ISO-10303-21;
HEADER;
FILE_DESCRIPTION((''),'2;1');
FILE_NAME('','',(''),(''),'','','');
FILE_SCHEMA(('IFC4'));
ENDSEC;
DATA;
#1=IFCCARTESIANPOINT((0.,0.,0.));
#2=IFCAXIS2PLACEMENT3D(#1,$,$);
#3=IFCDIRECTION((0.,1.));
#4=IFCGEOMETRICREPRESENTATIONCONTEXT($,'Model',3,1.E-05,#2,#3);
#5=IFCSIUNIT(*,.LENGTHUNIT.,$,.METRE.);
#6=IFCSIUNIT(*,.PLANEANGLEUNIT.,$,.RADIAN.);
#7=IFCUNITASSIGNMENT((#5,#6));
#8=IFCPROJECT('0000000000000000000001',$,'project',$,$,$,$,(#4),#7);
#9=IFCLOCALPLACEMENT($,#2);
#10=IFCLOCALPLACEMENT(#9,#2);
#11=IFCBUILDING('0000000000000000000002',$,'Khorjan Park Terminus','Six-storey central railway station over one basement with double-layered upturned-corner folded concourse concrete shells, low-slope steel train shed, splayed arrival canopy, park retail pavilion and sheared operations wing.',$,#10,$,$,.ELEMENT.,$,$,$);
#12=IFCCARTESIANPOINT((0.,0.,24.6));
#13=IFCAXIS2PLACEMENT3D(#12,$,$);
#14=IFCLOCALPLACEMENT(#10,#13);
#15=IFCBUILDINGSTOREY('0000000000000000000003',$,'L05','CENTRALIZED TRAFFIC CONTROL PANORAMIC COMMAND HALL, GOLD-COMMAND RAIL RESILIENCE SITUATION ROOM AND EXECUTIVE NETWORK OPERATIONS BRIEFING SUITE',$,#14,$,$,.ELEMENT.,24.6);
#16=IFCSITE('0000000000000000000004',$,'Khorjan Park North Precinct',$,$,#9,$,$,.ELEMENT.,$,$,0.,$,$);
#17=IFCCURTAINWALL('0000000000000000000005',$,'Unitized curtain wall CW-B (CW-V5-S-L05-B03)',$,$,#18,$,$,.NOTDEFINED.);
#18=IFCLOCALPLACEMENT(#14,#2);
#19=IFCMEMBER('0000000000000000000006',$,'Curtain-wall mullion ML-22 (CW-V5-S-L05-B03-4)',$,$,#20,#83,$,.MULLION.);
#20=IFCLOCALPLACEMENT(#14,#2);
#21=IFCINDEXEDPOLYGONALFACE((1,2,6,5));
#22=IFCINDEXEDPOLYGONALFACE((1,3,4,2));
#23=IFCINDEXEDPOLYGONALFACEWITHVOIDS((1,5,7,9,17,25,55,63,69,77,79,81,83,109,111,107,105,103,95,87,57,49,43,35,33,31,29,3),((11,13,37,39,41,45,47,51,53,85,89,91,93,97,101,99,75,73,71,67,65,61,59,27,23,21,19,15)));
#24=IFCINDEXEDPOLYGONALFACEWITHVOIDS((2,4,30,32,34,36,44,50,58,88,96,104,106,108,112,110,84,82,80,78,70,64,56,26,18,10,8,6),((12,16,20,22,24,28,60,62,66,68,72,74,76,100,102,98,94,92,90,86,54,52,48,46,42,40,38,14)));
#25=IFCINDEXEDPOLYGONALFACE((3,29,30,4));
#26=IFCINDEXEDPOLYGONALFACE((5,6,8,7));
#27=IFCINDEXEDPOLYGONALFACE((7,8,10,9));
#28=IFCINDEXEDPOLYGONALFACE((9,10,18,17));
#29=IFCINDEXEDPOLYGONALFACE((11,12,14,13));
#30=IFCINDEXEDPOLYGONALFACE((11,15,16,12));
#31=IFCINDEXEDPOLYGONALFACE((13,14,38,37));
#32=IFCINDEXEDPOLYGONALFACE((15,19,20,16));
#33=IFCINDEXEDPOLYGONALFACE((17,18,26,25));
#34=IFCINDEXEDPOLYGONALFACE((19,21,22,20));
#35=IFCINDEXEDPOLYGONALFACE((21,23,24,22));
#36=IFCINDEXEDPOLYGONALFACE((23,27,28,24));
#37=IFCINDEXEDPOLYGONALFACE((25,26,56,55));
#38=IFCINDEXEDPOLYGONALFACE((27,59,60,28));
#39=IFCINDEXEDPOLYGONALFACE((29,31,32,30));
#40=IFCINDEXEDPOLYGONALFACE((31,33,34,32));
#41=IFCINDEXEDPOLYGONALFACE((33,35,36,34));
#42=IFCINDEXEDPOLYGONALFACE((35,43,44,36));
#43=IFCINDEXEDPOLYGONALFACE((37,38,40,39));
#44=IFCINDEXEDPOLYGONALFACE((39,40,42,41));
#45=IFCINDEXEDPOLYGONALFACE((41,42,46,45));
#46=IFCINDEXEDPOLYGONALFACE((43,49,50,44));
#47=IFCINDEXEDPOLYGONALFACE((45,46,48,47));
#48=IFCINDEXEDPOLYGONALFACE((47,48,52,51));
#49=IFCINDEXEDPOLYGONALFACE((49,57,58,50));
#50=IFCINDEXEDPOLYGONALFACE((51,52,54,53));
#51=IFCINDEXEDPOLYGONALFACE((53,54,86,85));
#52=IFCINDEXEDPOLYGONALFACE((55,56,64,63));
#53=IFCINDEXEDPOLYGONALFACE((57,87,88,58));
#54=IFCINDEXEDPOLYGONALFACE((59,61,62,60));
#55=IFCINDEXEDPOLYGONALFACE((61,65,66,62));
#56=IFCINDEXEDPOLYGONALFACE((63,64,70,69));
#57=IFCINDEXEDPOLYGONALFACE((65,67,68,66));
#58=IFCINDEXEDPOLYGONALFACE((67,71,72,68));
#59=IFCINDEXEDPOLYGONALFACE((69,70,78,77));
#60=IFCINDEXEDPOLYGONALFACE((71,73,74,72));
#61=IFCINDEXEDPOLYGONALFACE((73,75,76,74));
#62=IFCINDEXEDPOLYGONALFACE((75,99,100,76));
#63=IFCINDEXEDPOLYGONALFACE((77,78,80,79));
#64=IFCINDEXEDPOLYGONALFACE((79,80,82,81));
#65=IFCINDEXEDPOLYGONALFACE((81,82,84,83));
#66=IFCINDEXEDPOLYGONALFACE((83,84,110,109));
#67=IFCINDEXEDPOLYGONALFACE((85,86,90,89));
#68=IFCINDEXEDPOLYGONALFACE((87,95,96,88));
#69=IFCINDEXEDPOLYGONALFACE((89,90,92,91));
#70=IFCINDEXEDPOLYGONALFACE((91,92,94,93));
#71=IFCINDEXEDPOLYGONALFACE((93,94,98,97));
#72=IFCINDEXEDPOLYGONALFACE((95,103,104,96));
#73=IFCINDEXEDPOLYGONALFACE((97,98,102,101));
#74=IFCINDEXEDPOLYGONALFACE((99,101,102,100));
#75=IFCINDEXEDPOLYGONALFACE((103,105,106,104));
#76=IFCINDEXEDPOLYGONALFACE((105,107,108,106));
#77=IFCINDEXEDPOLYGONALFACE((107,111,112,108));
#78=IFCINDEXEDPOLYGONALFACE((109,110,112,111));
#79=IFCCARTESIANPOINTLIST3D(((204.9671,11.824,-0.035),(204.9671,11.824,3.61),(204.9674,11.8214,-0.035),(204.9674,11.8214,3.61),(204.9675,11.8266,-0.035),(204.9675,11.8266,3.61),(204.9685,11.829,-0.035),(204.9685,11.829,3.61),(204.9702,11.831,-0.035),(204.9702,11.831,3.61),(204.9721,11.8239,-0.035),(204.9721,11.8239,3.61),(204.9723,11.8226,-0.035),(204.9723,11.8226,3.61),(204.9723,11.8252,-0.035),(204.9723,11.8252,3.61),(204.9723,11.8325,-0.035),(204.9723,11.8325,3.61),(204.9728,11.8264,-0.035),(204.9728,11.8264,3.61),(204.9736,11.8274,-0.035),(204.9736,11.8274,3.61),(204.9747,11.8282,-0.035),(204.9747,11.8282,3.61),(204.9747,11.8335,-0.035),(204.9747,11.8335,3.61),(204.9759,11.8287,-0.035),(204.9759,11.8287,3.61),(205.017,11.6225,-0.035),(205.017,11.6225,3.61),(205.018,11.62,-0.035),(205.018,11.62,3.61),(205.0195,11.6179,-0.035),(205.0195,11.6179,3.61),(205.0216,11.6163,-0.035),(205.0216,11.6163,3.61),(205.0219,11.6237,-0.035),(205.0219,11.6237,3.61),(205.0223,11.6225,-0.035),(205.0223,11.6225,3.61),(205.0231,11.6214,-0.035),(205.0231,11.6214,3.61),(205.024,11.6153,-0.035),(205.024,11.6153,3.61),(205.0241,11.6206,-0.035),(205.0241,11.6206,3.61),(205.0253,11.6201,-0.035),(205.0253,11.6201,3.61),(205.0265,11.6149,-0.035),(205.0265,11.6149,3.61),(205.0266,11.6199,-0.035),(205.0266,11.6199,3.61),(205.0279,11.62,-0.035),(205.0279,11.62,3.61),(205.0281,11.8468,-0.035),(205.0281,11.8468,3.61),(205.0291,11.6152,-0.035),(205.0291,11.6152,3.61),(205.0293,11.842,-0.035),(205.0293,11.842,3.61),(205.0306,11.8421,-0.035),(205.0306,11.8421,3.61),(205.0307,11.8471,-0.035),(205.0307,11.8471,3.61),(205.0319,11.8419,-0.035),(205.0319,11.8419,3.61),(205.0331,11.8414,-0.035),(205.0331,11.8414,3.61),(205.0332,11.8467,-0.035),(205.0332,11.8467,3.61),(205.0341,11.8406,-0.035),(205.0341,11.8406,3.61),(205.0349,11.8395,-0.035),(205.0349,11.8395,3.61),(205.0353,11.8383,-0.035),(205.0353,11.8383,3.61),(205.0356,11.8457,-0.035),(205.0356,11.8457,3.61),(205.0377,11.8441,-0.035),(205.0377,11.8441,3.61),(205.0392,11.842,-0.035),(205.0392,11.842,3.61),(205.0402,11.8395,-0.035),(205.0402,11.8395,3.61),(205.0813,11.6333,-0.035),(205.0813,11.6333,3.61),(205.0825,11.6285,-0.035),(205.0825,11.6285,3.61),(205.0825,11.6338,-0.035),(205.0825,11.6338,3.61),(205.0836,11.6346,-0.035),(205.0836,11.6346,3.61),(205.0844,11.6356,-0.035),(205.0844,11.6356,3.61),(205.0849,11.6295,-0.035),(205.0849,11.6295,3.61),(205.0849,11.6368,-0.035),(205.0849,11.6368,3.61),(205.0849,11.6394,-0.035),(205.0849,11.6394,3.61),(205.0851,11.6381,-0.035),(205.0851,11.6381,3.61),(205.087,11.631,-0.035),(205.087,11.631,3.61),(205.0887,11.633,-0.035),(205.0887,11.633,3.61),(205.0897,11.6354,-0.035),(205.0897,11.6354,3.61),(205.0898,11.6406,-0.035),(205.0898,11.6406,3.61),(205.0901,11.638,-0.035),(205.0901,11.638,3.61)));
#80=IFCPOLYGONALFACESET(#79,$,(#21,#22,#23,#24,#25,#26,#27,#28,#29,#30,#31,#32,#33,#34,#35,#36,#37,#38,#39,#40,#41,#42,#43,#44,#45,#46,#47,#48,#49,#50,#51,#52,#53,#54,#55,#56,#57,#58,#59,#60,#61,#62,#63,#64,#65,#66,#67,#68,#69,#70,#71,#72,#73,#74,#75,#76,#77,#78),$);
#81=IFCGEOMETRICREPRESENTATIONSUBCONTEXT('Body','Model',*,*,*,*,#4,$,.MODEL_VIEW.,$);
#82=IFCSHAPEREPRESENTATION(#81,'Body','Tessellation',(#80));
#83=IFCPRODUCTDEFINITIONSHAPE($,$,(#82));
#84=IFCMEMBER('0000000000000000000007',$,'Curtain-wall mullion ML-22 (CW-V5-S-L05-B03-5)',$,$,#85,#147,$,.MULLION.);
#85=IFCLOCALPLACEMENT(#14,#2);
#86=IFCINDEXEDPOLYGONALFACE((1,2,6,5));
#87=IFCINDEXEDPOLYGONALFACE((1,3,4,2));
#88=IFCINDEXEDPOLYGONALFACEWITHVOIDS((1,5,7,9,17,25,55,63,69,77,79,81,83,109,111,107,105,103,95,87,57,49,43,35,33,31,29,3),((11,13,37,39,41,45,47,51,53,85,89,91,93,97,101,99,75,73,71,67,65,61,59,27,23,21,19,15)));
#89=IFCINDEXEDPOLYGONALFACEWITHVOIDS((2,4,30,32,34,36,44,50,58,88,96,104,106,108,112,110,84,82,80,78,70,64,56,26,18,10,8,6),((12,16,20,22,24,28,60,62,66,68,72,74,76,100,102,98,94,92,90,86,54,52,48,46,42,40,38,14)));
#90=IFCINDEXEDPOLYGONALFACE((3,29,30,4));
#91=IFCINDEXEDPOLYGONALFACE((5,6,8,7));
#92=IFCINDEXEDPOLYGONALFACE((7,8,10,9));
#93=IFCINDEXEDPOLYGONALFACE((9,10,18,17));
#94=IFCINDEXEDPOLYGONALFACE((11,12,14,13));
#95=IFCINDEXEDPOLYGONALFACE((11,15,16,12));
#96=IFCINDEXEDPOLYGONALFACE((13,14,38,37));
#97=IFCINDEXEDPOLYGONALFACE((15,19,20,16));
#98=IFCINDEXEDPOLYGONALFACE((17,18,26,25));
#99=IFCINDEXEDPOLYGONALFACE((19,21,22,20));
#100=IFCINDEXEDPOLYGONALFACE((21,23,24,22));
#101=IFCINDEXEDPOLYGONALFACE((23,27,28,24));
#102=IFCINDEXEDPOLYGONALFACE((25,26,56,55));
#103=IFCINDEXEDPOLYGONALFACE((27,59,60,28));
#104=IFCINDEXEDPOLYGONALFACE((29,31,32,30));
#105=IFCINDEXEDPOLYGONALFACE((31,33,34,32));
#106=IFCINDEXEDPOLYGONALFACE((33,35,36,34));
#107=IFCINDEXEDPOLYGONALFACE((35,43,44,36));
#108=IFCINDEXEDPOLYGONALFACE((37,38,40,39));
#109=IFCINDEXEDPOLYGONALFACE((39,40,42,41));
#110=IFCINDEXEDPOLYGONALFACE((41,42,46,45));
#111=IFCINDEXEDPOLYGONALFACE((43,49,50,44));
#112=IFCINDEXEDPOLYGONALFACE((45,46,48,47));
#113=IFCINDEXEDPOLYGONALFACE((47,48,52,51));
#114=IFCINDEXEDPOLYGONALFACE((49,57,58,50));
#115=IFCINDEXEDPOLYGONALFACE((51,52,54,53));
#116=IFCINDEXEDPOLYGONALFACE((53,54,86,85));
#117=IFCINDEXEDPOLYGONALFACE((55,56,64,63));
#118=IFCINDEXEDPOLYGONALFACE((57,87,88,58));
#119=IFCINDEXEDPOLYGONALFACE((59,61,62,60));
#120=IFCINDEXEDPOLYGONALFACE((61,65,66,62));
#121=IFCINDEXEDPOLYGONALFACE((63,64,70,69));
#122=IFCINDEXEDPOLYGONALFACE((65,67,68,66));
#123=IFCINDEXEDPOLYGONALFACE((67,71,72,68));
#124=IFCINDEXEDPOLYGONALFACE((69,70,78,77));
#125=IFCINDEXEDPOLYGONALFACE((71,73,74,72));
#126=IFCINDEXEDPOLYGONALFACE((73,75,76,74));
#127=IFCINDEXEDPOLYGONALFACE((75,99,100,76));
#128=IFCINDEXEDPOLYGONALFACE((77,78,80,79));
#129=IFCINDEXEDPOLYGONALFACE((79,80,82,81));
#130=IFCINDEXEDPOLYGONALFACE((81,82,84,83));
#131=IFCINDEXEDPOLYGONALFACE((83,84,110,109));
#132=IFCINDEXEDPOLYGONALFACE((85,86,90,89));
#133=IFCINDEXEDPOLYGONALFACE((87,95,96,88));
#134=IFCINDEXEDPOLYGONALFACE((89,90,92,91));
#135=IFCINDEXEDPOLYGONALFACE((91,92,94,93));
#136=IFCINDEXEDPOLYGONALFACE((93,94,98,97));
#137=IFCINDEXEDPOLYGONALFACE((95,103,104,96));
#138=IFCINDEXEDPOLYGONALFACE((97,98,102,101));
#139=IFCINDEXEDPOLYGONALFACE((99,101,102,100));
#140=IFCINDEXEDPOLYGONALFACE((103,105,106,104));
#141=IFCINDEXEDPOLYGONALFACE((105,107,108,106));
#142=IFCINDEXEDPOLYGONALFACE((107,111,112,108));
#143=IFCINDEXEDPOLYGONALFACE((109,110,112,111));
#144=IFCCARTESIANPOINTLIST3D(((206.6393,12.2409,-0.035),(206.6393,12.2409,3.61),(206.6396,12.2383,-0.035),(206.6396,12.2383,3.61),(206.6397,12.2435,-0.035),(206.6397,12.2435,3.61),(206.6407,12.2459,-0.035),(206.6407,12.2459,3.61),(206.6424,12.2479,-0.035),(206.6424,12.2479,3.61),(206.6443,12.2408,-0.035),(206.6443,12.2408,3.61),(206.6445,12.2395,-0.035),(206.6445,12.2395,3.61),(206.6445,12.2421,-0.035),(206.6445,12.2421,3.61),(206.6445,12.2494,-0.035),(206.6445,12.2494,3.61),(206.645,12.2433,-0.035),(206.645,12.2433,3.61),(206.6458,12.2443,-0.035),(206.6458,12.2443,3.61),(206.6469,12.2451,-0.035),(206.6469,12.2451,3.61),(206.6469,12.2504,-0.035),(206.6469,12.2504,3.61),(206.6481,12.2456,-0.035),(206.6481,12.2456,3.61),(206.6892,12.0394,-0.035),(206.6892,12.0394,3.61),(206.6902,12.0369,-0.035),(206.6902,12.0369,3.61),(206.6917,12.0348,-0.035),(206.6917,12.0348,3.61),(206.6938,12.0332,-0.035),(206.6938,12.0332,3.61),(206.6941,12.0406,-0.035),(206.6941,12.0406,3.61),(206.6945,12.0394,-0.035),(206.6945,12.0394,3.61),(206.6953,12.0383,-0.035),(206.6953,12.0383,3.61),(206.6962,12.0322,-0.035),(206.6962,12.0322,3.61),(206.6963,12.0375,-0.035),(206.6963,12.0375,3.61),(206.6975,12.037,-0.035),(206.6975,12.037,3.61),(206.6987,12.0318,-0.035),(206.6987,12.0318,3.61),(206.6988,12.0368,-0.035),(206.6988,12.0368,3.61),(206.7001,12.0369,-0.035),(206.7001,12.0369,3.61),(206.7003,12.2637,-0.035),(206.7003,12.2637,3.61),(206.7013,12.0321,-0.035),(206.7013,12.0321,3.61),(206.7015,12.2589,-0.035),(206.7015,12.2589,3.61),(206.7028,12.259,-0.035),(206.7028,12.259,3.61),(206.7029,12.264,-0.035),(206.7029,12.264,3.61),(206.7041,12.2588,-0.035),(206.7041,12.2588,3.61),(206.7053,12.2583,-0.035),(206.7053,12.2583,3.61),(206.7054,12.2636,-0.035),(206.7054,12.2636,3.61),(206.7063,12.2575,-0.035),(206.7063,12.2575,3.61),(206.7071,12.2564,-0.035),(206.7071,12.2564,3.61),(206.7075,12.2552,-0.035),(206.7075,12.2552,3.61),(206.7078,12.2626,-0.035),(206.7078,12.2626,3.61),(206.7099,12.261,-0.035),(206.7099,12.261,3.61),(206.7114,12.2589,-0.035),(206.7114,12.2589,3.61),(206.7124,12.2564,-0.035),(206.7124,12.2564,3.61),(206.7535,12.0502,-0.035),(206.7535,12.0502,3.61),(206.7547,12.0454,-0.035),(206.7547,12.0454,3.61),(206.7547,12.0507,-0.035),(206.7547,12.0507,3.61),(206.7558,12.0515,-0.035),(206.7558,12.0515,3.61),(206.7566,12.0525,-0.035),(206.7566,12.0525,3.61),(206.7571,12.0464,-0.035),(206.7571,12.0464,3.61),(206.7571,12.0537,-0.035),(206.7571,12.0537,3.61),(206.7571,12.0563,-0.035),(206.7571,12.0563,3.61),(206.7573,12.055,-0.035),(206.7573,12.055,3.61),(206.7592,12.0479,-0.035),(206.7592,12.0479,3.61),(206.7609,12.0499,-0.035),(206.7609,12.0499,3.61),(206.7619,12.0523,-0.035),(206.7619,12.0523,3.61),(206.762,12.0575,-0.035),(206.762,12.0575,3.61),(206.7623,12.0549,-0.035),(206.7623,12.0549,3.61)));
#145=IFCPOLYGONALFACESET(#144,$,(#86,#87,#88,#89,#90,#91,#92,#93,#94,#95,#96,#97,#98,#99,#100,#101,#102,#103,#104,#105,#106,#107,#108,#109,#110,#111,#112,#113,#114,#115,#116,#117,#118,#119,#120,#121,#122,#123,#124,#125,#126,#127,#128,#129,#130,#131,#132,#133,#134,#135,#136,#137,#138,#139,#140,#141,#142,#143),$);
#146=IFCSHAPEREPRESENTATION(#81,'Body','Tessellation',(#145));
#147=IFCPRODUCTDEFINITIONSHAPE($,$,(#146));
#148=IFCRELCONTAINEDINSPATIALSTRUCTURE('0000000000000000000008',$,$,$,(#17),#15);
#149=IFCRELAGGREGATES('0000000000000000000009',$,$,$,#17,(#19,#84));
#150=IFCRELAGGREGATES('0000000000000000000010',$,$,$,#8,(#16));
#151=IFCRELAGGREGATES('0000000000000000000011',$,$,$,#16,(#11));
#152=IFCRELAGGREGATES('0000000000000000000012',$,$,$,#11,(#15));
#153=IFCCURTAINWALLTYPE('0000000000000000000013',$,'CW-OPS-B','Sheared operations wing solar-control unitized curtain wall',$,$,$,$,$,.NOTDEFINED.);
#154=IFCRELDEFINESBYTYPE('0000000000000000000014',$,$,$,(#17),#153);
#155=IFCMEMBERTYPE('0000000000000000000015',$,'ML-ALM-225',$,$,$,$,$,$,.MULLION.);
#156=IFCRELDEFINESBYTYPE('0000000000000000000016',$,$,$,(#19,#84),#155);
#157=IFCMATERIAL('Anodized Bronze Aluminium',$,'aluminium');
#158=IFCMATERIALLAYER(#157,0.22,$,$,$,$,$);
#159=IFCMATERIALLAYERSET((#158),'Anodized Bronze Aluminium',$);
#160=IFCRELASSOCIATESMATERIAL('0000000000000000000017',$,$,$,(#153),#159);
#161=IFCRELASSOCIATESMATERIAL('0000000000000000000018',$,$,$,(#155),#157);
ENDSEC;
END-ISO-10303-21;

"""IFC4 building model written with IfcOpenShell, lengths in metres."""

from ifc_helpers import new_model, si_unit, direction, frame, origin, origin_2d, place, context, subcontext, project, spatial, hollow_rectangle, extrude, material, layer, layer_set, material_profile, profile_set, type_object, element, aggregate, save


model = new_model("IFC4")

# Units and contexts
model_context = context("Model", 3, precision=1e-05, world=origin(), true_north=direction((0.0, 1.0)))
body_context = subcontext(model_context, "Body", "Model", "MODEL_VIEW")
ifc_project = project(units=[si_unit("LENGTHUNIT", "METRE"), si_unit("PLANEANGLEUNIT", "RADIAN")], contexts=[model_context])

# Site, building, storey
site_placement = place(None, origin())
site = spatial("IfcSite", under=ifc_project, at=site_placement, Name="Khorjan Park North Precinct", CompositionType="ELEMENT", RefElevation=0.0)
building_placement = place(site_placement, origin())
building = spatial("IfcBuilding", under=site, at=building_placement, Name="Khorjan Park Terminus", Description="Six-storey central railway station over one basement with double-layered upturned-corner folded concourse concrete shells, low-slope steel train shed, splayed arrival canopy, park retail pavilion and sheared operations wing.", CompositionType="ELEMENT")
storey_placement = place(building_placement, frame((0.0, 0.0, 24.6)))
storey = spatial("IfcBuildingStorey", under=building, at=storey_placement, Name="L05", Description="CENTRALIZED TRAFFIC CONTROL PANORAMIC COMMAND HALL, GOLD-COMMAND RAIL RESILIENCE SITUATION ROOM AND EXECUTIVE NETWORK OPERATIONS BRIEFING SUITE", CompositionType="ELEMENT", Elevation=24.6)

# Curtain wall, members
ifc_material_1 = material(Name="Anodized Bronze Aluminium", Category="aluminium")
ifc_layer_1 = layer(ifc_material_1, 0.22)
ifc_layer_set_1 = layer_set([ifc_layer_1], Name="Anodized Bronze Aluminium")
curtain_wall_type = type_object("IfcCurtainWallType", Name="CW-OPS-B", Description="Sheared operations wing solar-control unitized curtain wall", PredefinedType="NOTDEFINED", material=ifc_layer_set_1)
curtain_wall_placement = place(storey_placement, origin())
curtain_wall = element("IfcCurtainWall", 1, at=curtain_wall_placement, inside=storey, type_object=curtain_wall_type, Name="Unitized curtain wall CW-B (CW-V5-S-L05-B03)", PredefinedType="NOTDEFINED")
ifc_material_profile_1 = material_profile(ifc_material_1, hollow_rectangle(XDim=0.075, YDim=0.225, WallThickness=0.005, InnerFilletRadius=0.005, OuterFilletRadius=0.01, at=origin_2d()), Name="ALM 75x225x5")
ifc_profile_set_1 = profile_set([ifc_material_profile_1], Name="Anodized Bronze Aluminium")
member_type_1 = type_object("IfcMemberType", Name="ML-ALM-225", PredefinedType="MULLION", material=ifc_profile_set_1)
member_1_placement = place(storey_placement, frame((205.0286, 11.731, -0.035), z_axis=(0.0, 0.0, 1.0), x_axis=(0.970295, 0.241926, 0.0)))
member_1 = element("IfcMember", 2, at=member_1_placement, type_object=member_type_1, Name="Curtain-wall mullion ML-22 (CW-V5-S-L05-B03-4)", PredefinedType="MULLION", context=body_context, shape_type="SweptSolid", body=[
    extrude(hollow_rectangle(XDim=0.075, YDim=0.225, WallThickness=0.005, InnerFilletRadius=0.005, OuterFilletRadius=0.01, at=origin_2d()), origin(), (0.0, 0.0, 1.0), 3.645),
])
member_2_placement = place(storey_placement, frame((206.7008, 12.1479, -0.035), z_axis=(0.0, 0.0, 1.0), x_axis=(0.970295, 0.241926, 0.0)))
member_2 = element("IfcMember", 3, at=member_2_placement, type_object=member_type_1, Name="Curtain-wall mullion ML-22 (CW-V5-S-L05-B03-5)", PredefinedType="MULLION", context=body_context, shape_type="SweptSolid", body=[
    extrude(hollow_rectangle(XDim=0.075, YDim=0.225, WallThickness=0.005, InnerFilletRadius=0.005, OuterFilletRadius=0.01, at=origin_2d()), origin(), (0.0, 0.0, 1.0), 3.645),
])
aggregate(curtain_wall, [member_1, member_2])

save(model, "model.ifc")
